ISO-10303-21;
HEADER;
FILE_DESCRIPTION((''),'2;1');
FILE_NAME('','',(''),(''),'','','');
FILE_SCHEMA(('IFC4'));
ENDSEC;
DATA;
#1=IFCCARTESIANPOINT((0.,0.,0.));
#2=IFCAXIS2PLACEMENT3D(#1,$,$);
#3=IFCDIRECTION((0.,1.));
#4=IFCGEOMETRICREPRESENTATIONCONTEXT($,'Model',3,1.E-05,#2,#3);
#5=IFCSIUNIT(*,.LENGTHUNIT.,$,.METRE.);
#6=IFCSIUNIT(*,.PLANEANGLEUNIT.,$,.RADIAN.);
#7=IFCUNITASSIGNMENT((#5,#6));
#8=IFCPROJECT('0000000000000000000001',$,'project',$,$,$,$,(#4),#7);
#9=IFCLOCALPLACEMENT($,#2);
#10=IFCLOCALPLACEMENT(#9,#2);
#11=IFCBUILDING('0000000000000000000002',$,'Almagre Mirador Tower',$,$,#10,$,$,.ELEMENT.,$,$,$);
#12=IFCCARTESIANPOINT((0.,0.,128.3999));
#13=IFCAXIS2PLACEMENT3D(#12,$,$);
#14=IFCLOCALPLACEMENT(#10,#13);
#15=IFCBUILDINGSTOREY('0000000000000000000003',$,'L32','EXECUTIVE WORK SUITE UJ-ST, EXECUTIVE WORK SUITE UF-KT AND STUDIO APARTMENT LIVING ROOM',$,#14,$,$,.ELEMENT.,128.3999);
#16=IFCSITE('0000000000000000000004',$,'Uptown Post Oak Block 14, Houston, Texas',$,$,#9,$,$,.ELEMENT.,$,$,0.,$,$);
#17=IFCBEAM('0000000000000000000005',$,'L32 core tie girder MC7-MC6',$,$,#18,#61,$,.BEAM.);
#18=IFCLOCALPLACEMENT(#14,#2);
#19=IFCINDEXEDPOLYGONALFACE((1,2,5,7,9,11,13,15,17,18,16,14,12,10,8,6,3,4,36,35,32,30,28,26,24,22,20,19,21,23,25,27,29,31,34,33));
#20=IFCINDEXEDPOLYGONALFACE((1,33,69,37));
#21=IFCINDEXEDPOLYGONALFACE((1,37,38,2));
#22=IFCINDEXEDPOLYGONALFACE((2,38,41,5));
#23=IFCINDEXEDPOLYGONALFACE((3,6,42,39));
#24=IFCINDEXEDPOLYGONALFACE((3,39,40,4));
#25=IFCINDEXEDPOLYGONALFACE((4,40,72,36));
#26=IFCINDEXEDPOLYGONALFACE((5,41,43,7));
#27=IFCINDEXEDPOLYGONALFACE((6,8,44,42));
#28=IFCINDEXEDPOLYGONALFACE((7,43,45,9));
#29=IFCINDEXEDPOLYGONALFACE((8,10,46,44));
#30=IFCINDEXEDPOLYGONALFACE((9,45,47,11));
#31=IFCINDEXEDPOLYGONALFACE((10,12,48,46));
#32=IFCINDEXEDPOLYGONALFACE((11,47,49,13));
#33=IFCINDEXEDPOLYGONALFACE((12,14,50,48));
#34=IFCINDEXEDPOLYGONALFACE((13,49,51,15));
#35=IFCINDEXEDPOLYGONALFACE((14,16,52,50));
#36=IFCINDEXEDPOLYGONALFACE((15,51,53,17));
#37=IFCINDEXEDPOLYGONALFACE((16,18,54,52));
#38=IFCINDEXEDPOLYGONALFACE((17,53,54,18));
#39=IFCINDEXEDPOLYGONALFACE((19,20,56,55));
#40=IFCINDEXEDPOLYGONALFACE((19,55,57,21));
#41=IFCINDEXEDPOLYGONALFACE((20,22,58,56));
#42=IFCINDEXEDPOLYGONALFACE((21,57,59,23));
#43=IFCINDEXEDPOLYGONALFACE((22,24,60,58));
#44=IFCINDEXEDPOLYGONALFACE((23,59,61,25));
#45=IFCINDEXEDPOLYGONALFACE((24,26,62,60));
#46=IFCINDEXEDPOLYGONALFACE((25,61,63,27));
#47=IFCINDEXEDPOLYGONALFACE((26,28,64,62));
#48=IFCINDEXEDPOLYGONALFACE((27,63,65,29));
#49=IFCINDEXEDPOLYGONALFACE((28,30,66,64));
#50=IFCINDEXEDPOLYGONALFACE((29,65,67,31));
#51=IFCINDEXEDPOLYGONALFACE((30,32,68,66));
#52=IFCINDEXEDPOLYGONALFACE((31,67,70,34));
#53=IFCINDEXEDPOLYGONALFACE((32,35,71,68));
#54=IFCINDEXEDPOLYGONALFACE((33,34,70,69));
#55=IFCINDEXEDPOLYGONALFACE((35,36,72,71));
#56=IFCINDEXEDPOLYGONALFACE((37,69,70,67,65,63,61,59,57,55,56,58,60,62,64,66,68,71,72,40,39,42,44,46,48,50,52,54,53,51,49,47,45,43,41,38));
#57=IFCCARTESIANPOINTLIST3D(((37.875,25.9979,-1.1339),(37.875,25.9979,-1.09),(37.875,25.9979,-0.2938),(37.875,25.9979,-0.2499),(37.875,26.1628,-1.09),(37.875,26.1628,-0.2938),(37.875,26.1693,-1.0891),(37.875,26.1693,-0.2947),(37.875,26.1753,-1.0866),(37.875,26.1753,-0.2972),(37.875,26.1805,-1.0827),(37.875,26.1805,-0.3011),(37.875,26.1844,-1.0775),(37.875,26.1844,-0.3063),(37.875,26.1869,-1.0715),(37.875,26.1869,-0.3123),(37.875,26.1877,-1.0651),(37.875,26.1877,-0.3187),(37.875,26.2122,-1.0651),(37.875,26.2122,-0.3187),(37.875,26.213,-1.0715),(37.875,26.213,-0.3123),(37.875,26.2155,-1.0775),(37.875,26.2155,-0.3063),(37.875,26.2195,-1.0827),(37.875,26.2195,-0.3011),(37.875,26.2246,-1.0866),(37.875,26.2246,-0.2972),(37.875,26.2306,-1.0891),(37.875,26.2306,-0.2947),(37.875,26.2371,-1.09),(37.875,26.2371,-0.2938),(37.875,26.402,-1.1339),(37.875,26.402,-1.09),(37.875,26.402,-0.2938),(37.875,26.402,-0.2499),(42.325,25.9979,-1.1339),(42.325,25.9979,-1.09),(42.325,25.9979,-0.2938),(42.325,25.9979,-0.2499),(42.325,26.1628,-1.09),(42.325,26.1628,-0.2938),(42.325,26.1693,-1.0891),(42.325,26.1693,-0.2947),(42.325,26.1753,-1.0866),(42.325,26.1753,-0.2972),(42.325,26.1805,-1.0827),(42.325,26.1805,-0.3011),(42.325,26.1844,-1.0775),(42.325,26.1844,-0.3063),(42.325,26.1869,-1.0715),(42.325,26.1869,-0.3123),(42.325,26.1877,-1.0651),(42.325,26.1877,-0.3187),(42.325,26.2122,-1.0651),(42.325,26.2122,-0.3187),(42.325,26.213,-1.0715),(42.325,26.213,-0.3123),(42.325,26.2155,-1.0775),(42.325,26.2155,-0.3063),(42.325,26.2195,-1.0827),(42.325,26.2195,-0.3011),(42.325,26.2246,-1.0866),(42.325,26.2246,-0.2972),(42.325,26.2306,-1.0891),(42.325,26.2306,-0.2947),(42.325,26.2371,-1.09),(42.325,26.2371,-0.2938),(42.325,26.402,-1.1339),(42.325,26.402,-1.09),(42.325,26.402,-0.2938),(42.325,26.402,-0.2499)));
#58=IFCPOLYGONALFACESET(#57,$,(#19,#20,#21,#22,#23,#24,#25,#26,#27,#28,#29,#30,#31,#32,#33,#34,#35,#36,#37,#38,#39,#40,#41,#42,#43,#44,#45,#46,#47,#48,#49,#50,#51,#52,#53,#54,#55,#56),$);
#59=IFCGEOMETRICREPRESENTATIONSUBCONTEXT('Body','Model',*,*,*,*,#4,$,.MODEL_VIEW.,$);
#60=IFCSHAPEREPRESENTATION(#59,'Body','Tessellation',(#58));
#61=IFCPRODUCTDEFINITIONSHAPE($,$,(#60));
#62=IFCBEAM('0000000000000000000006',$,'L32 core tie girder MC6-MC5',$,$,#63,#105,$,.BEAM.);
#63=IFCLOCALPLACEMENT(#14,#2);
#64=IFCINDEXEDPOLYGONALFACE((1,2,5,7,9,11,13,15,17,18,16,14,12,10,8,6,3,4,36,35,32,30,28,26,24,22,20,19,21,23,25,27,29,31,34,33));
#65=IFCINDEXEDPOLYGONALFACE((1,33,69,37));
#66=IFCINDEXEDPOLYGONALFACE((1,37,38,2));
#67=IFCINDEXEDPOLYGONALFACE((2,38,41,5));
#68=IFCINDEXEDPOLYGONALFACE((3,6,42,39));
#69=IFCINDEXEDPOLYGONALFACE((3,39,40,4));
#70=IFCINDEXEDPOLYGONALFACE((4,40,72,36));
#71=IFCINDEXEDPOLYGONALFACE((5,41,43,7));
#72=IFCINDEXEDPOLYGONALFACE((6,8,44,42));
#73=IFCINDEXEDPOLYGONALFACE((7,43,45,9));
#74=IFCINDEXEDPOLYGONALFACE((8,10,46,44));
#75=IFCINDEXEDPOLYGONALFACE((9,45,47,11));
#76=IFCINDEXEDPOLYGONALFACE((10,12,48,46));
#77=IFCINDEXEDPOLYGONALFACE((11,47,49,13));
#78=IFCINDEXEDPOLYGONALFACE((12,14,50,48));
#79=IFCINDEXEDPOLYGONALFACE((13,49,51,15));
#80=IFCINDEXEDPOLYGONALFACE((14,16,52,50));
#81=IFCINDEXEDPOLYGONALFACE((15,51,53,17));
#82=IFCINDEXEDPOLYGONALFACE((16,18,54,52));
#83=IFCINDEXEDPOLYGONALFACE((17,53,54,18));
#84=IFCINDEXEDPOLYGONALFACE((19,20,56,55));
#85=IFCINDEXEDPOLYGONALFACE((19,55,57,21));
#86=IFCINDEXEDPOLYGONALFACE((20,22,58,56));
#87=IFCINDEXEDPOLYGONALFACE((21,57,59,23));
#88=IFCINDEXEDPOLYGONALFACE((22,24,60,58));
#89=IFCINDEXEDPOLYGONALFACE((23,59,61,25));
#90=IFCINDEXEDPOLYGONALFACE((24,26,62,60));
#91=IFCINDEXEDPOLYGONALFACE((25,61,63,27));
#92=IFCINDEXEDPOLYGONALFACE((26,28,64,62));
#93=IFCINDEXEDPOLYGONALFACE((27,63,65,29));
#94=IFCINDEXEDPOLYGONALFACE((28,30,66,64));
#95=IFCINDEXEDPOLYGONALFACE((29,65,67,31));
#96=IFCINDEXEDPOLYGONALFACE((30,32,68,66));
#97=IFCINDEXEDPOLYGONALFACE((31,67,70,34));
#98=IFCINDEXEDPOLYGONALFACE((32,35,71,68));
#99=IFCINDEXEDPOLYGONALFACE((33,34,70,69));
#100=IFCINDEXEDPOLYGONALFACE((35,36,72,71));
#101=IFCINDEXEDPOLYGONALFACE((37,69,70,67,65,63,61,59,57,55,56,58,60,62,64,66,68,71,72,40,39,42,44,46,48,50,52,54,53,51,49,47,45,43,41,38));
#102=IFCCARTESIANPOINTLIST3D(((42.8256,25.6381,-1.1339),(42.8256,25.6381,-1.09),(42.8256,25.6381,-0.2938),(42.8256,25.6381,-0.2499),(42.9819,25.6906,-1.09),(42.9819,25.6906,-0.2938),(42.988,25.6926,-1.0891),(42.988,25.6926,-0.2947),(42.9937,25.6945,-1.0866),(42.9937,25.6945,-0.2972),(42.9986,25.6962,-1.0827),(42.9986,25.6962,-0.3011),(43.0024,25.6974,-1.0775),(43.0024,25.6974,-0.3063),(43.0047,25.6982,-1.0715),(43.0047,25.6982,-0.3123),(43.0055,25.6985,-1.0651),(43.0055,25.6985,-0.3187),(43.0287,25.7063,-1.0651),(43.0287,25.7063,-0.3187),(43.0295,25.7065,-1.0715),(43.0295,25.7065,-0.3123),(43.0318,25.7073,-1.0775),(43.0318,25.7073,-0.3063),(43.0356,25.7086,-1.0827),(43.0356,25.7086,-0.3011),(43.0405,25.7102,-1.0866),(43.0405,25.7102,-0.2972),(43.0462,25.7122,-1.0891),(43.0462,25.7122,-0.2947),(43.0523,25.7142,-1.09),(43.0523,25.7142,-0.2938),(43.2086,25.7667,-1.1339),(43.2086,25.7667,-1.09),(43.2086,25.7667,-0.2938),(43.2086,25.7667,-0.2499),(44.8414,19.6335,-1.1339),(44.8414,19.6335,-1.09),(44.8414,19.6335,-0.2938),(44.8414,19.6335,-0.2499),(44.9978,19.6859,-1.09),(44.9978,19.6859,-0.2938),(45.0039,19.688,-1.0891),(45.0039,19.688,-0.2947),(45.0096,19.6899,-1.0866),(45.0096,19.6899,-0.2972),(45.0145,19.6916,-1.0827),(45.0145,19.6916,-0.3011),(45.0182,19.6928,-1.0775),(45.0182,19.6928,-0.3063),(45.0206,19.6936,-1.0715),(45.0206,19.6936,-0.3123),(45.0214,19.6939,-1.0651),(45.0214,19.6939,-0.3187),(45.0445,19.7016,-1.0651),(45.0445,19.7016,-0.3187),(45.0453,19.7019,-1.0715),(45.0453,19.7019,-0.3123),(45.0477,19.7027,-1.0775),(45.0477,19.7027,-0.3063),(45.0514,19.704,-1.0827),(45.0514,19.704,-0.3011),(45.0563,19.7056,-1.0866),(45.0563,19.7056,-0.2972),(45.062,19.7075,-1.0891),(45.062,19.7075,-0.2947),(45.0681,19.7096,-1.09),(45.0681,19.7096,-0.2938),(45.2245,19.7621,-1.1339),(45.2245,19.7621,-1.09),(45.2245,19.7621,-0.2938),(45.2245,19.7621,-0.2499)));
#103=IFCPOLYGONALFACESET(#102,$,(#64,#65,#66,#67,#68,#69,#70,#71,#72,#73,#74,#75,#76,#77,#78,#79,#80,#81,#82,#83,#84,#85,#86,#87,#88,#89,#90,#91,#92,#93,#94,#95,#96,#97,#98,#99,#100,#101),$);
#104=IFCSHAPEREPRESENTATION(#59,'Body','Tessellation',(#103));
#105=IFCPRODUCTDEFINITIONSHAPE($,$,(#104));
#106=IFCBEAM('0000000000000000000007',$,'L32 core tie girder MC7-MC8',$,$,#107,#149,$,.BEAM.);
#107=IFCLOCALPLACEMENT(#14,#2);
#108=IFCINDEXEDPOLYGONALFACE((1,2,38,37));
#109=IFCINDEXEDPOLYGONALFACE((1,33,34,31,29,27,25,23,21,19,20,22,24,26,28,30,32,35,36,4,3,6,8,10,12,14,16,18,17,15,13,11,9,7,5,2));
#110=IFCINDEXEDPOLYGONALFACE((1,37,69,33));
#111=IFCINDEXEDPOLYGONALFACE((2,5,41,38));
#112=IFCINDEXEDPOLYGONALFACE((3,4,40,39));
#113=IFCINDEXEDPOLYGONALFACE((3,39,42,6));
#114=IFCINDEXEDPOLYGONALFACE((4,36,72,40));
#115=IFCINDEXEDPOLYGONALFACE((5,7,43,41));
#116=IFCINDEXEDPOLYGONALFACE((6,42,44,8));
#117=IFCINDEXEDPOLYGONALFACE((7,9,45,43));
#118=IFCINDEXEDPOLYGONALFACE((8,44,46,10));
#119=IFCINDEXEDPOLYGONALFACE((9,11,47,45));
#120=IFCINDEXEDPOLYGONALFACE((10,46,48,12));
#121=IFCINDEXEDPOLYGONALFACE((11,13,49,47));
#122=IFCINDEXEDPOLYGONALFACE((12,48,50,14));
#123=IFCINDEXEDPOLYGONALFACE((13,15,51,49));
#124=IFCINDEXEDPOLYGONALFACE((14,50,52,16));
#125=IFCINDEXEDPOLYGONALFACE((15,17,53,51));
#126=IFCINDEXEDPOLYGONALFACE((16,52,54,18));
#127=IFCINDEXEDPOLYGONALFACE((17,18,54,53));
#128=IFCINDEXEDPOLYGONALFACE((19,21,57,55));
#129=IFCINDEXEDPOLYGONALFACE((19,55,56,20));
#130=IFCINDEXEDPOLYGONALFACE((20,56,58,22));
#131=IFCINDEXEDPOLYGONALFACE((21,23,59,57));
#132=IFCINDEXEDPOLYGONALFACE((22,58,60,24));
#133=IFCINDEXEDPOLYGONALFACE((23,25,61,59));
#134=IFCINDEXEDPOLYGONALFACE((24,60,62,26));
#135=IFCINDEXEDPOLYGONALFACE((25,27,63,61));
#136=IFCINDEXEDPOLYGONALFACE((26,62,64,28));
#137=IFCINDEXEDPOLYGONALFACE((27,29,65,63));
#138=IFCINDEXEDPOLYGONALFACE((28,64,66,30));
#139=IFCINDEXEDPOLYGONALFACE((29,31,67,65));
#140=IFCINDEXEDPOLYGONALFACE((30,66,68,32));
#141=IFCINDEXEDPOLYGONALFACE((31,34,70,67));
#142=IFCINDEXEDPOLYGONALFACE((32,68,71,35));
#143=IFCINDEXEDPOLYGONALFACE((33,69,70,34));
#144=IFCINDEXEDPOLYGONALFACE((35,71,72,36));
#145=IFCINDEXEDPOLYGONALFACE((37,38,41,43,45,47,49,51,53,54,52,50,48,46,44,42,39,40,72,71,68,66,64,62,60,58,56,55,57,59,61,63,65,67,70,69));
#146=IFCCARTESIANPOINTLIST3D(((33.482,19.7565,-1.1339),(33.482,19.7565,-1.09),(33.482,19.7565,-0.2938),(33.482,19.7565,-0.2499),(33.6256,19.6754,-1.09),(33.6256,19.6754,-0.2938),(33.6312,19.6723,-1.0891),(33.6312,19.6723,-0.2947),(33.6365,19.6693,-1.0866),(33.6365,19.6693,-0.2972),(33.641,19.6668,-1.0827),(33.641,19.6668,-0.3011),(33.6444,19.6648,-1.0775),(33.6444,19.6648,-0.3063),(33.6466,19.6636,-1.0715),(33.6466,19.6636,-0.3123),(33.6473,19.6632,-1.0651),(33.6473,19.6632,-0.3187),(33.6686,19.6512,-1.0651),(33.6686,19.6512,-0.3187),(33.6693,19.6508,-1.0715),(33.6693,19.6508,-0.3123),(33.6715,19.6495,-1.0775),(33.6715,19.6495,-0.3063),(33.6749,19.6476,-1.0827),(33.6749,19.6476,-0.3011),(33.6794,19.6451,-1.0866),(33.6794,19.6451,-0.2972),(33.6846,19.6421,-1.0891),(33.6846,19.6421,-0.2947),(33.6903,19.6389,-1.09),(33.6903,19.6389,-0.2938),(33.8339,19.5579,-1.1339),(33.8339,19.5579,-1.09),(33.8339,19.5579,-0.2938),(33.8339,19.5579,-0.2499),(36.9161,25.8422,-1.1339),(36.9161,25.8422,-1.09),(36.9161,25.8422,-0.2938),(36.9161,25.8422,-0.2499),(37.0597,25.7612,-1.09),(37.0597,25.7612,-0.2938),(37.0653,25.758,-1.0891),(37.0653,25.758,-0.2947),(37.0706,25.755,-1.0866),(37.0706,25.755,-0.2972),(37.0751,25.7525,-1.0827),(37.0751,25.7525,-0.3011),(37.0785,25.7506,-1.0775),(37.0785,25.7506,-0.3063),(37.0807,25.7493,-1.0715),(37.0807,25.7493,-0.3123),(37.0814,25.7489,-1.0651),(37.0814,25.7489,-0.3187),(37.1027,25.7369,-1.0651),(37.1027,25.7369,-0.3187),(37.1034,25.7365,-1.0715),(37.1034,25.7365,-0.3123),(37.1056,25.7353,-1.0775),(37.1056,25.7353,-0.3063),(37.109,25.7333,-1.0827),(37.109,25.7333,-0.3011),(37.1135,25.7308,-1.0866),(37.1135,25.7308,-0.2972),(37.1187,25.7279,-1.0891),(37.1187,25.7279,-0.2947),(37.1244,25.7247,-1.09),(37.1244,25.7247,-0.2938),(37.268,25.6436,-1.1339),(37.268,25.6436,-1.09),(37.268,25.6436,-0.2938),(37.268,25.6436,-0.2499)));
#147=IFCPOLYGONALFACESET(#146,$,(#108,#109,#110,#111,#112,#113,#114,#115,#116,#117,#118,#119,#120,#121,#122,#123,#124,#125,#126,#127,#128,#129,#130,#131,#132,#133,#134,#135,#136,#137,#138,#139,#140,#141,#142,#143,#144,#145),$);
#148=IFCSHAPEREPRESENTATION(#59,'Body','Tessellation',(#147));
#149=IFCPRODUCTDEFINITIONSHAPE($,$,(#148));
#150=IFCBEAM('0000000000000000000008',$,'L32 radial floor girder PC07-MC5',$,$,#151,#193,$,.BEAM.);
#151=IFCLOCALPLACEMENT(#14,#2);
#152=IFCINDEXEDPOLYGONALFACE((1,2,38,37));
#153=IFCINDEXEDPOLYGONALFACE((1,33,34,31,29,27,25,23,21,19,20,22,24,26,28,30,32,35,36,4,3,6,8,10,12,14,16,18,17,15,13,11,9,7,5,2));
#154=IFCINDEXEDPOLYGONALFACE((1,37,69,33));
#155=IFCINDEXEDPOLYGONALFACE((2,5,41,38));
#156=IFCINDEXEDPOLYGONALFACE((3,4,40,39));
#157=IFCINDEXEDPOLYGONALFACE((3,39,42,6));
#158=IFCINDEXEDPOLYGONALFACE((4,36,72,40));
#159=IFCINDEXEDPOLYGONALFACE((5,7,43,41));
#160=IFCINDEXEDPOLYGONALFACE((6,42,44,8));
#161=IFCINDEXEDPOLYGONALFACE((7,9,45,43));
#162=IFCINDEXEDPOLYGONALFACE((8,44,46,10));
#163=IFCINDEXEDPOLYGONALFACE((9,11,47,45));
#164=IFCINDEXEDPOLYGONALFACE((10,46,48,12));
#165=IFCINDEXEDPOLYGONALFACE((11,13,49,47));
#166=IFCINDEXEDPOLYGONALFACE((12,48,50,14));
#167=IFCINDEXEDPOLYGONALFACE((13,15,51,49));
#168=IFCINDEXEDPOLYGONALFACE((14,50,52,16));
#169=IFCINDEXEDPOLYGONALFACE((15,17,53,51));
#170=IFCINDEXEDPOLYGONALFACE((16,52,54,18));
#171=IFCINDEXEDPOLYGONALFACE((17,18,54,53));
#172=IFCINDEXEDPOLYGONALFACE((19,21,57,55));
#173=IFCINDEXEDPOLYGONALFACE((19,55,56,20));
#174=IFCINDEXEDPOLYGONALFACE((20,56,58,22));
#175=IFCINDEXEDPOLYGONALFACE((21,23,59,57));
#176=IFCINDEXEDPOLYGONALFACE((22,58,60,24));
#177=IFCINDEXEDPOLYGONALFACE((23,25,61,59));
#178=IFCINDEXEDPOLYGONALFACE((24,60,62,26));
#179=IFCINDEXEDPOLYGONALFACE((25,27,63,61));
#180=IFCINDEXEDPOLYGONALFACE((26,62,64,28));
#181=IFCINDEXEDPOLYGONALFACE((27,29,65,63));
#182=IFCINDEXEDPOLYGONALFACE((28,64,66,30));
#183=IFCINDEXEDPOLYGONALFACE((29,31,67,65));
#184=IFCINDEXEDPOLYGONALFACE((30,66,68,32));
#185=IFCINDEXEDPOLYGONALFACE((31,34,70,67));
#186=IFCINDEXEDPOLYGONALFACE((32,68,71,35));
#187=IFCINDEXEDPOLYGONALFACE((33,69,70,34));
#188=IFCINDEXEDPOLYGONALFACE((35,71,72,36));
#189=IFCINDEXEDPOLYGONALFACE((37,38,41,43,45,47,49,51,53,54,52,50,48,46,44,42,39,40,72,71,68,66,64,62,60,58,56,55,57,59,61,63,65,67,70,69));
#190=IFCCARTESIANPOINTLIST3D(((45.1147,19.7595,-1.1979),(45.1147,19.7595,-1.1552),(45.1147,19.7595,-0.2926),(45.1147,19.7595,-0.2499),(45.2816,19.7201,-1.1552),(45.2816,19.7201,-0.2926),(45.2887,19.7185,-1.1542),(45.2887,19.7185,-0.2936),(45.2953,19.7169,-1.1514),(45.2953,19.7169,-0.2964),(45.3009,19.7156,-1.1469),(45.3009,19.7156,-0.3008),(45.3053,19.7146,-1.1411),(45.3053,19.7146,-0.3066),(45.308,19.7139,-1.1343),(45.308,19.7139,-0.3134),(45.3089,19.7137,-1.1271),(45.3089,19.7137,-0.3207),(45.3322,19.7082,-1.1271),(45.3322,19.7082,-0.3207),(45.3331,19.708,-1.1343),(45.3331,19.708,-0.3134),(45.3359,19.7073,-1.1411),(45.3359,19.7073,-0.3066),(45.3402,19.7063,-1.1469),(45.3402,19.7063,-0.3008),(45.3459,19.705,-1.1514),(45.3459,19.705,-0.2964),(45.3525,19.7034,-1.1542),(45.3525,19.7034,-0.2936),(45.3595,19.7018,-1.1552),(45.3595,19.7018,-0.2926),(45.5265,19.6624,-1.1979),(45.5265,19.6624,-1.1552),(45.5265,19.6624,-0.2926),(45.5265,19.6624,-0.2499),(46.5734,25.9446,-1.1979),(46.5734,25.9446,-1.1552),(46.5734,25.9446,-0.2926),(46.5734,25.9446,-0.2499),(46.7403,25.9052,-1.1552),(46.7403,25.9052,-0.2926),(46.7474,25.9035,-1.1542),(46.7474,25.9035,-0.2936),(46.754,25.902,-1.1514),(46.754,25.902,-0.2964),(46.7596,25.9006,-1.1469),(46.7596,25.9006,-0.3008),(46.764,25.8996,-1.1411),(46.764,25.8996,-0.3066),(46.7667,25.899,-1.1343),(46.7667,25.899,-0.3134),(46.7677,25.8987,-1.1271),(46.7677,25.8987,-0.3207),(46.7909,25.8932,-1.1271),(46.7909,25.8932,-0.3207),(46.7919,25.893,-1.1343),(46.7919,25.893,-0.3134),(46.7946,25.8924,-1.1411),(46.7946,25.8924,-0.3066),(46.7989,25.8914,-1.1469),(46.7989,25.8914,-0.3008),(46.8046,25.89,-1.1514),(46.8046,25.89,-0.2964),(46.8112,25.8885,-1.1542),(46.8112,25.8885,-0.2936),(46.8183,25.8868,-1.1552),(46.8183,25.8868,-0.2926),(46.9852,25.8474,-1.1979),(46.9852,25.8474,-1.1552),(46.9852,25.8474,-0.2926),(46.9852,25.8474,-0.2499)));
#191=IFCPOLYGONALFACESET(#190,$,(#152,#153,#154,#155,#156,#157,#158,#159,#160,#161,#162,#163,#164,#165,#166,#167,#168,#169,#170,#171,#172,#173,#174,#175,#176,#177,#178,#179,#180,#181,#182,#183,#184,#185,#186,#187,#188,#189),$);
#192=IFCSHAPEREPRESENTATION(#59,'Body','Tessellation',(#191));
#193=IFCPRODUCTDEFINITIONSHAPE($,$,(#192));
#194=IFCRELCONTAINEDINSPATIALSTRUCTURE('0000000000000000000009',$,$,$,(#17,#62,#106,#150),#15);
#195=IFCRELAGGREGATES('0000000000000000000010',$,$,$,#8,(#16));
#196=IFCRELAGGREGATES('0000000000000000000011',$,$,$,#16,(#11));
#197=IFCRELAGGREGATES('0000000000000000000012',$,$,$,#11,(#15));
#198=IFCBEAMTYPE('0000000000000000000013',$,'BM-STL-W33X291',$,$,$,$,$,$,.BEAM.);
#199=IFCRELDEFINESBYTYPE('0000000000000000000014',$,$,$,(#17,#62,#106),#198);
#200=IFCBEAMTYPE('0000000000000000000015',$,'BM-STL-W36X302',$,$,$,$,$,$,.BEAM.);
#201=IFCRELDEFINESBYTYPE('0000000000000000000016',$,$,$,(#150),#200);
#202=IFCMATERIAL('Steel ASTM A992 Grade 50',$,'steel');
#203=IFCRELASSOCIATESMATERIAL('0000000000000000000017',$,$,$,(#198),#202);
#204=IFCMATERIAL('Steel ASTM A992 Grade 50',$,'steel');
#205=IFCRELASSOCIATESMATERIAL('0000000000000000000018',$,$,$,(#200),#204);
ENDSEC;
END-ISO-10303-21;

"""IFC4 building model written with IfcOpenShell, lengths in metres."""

from ifc_helpers import new_model, si_unit, direction, frame, origin, origin_2d, place, context, subcontext, project, spatial, i_section, extrude, material, material_profile, profile_set, type_object, element, save


model = new_model("IFC4")

# Units and contexts
model_context = context("Model", 3, precision=1e-05, world=origin(), true_north=direction((0.0, 1.0)))
body_context = subcontext(model_context, "Body", "Model", "MODEL_VIEW")
ifc_project = project(units=[si_unit("LENGTHUNIT", "METRE"), si_unit("PLANEANGLEUNIT", "RADIAN")], contexts=[model_context])

# Site, building, storey
site_placement = place(None, origin())
site = spatial("IfcSite", under=ifc_project, at=site_placement, Name="Uptown Post Oak Block 14, Houston, Texas", CompositionType="ELEMENT", RefElevation=0.0)
building_placement = place(site_placement, origin())
building = spatial("IfcBuilding", under=site, at=building_placement, Name="Almagre Mirador Tower", CompositionType="ELEMENT")
storey_placement = place(building_placement, frame((0.0, 0.0, 128.3999)))
storey = spatial("IfcBuildingStorey", under=building, at=storey_placement, Name="L32", Description="EXECUTIVE WORK SUITE UJ-ST, EXECUTIVE WORK SUITE UF-KT AND STUDIO APARTMENT LIVING ROOM", CompositionType="ELEMENT", Elevation=128.3999)

# Beams
ifc_material_1 = material(Name="Steel ASTM A992 Grade 50", Category="steel")
ifc_material_profile_1 = material_profile(ifc_material_1, i_section(OverallWidth=0.4041, OverallDepth=0.884, WebThickness=0.0244, FlangeThickness=0.0439, FilletRadius=0.0249, at=origin_2d()), Name="W33X291")
ifc_profile_set_1 = profile_set([ifc_material_profile_1], Name="Steel ASTM A992 Grade 50")
beam_type_1 = type_object("IfcBeamType", Name="BM-STL-W33X291", PredefinedType="BEAM", material=ifc_profile_set_1)
beam_1_placement = place(storey_placement, frame((37.875, 26.2, -0.6919), z_axis=(1.0, 0.0, 0.0), x_axis=(0.0, 1.0, 0.0)))
element("IfcBeam", 1, at=beam_1_placement, inside=storey, type_object=beam_type_1, Name="L32 core tie girder MC7-MC6", PredefinedType="BEAM", context=body_context, shape_type="SweptSolid", body=[
    extrude(i_section(OverallWidth=0.4041, OverallDepth=0.884, WebThickness=0.0244, FlangeThickness=0.0439, FilletRadius=0.0249, at=origin_2d()), origin(), (0.0, 0.0, 1.0), 4.45),
])
beam_2_placement = place(storey_placement, frame((43.0171, 25.7024, -0.6919), z_axis=(0.318262, -0.948003, 0.0), x_axis=(0.948003, 0.318262, 0.0)))
element("IfcBeam", 2, at=beam_2_placement, inside=storey, type_object=beam_type_1, Name="L32 core tie girder MC6-MC5", PredefinedType="BEAM", context=body_context, shape_type="SweptSolid", body=[
    extrude(i_section(OverallWidth=0.4041, OverallDepth=0.884, WebThickness=0.0244, FlangeThickness=0.0439, FilletRadius=0.0249, at=origin_2d()), origin(), (0.0, 0.0, 1.0), 6.334),
])
beam_3_placement = place(storey_placement, frame((37.092, 25.7429, -0.6919), z_axis=(-0.491444, -0.870909, 0.0), x_axis=(0.870909, -0.491444, 0.0)))
element("IfcBeam", 3, at=beam_3_placement, inside=storey, type_object=beam_type_1, Name="L32 core tie girder MC7-MC8", PredefinedType="BEAM", context=body_context, shape_type="SweptSolid", body=[
    extrude(i_section(OverallWidth=0.4041, OverallDepth=0.884, WebThickness=0.0244, FlangeThickness=0.0439, FilletRadius=0.0249, at=origin_2d()), origin(), (0.0, 0.0, 1.0), 6.9878),
])
ifc_material_2 = material(Name="Steel ASTM A992 Grade 50", Category="steel")
ifc_material_profile_2 = material_profile(ifc_material_2, i_section(OverallWidth=0.4231, OverallDepth=0.948, WebThickness=0.0239, FlangeThickness=0.0427, FilletRadius=0.0281, at=origin_2d()), Name="W36X302")
ifc_profile_set_2 = profile_set([ifc_material_profile_2], Name="Steel ASTM A992 Grade 50")
beam_type_2 = type_object("IfcBeamType", Name="BM-STL-W36X302", PredefinedType="BEAM", material=ifc_profile_set_2)
beam_4_placement = place(storey_placement, frame((46.7793, 25.896, -0.7239), z_axis=(-0.229551, -0.973297, 0.0), x_axis=(0.973297, -0.229551, 0.0)))
element("IfcBeam", 4, at=beam_4_placement, inside=storey, type_object=beam_type_2, Name="L32 radial floor girder PC07-MC5", PredefinedType="BEAM", context=body_context, shape_type="SweptSolid", body=[
    extrude(i_section(OverallWidth=0.4231, OverallDepth=0.948, WebThickness=0.0239, FlangeThickness=0.0427, FilletRadius=0.0281, at=origin_2d()), origin(), (0.0, 0.0, 1.0), 6.3547),
])

save(model, "model.ifc")
